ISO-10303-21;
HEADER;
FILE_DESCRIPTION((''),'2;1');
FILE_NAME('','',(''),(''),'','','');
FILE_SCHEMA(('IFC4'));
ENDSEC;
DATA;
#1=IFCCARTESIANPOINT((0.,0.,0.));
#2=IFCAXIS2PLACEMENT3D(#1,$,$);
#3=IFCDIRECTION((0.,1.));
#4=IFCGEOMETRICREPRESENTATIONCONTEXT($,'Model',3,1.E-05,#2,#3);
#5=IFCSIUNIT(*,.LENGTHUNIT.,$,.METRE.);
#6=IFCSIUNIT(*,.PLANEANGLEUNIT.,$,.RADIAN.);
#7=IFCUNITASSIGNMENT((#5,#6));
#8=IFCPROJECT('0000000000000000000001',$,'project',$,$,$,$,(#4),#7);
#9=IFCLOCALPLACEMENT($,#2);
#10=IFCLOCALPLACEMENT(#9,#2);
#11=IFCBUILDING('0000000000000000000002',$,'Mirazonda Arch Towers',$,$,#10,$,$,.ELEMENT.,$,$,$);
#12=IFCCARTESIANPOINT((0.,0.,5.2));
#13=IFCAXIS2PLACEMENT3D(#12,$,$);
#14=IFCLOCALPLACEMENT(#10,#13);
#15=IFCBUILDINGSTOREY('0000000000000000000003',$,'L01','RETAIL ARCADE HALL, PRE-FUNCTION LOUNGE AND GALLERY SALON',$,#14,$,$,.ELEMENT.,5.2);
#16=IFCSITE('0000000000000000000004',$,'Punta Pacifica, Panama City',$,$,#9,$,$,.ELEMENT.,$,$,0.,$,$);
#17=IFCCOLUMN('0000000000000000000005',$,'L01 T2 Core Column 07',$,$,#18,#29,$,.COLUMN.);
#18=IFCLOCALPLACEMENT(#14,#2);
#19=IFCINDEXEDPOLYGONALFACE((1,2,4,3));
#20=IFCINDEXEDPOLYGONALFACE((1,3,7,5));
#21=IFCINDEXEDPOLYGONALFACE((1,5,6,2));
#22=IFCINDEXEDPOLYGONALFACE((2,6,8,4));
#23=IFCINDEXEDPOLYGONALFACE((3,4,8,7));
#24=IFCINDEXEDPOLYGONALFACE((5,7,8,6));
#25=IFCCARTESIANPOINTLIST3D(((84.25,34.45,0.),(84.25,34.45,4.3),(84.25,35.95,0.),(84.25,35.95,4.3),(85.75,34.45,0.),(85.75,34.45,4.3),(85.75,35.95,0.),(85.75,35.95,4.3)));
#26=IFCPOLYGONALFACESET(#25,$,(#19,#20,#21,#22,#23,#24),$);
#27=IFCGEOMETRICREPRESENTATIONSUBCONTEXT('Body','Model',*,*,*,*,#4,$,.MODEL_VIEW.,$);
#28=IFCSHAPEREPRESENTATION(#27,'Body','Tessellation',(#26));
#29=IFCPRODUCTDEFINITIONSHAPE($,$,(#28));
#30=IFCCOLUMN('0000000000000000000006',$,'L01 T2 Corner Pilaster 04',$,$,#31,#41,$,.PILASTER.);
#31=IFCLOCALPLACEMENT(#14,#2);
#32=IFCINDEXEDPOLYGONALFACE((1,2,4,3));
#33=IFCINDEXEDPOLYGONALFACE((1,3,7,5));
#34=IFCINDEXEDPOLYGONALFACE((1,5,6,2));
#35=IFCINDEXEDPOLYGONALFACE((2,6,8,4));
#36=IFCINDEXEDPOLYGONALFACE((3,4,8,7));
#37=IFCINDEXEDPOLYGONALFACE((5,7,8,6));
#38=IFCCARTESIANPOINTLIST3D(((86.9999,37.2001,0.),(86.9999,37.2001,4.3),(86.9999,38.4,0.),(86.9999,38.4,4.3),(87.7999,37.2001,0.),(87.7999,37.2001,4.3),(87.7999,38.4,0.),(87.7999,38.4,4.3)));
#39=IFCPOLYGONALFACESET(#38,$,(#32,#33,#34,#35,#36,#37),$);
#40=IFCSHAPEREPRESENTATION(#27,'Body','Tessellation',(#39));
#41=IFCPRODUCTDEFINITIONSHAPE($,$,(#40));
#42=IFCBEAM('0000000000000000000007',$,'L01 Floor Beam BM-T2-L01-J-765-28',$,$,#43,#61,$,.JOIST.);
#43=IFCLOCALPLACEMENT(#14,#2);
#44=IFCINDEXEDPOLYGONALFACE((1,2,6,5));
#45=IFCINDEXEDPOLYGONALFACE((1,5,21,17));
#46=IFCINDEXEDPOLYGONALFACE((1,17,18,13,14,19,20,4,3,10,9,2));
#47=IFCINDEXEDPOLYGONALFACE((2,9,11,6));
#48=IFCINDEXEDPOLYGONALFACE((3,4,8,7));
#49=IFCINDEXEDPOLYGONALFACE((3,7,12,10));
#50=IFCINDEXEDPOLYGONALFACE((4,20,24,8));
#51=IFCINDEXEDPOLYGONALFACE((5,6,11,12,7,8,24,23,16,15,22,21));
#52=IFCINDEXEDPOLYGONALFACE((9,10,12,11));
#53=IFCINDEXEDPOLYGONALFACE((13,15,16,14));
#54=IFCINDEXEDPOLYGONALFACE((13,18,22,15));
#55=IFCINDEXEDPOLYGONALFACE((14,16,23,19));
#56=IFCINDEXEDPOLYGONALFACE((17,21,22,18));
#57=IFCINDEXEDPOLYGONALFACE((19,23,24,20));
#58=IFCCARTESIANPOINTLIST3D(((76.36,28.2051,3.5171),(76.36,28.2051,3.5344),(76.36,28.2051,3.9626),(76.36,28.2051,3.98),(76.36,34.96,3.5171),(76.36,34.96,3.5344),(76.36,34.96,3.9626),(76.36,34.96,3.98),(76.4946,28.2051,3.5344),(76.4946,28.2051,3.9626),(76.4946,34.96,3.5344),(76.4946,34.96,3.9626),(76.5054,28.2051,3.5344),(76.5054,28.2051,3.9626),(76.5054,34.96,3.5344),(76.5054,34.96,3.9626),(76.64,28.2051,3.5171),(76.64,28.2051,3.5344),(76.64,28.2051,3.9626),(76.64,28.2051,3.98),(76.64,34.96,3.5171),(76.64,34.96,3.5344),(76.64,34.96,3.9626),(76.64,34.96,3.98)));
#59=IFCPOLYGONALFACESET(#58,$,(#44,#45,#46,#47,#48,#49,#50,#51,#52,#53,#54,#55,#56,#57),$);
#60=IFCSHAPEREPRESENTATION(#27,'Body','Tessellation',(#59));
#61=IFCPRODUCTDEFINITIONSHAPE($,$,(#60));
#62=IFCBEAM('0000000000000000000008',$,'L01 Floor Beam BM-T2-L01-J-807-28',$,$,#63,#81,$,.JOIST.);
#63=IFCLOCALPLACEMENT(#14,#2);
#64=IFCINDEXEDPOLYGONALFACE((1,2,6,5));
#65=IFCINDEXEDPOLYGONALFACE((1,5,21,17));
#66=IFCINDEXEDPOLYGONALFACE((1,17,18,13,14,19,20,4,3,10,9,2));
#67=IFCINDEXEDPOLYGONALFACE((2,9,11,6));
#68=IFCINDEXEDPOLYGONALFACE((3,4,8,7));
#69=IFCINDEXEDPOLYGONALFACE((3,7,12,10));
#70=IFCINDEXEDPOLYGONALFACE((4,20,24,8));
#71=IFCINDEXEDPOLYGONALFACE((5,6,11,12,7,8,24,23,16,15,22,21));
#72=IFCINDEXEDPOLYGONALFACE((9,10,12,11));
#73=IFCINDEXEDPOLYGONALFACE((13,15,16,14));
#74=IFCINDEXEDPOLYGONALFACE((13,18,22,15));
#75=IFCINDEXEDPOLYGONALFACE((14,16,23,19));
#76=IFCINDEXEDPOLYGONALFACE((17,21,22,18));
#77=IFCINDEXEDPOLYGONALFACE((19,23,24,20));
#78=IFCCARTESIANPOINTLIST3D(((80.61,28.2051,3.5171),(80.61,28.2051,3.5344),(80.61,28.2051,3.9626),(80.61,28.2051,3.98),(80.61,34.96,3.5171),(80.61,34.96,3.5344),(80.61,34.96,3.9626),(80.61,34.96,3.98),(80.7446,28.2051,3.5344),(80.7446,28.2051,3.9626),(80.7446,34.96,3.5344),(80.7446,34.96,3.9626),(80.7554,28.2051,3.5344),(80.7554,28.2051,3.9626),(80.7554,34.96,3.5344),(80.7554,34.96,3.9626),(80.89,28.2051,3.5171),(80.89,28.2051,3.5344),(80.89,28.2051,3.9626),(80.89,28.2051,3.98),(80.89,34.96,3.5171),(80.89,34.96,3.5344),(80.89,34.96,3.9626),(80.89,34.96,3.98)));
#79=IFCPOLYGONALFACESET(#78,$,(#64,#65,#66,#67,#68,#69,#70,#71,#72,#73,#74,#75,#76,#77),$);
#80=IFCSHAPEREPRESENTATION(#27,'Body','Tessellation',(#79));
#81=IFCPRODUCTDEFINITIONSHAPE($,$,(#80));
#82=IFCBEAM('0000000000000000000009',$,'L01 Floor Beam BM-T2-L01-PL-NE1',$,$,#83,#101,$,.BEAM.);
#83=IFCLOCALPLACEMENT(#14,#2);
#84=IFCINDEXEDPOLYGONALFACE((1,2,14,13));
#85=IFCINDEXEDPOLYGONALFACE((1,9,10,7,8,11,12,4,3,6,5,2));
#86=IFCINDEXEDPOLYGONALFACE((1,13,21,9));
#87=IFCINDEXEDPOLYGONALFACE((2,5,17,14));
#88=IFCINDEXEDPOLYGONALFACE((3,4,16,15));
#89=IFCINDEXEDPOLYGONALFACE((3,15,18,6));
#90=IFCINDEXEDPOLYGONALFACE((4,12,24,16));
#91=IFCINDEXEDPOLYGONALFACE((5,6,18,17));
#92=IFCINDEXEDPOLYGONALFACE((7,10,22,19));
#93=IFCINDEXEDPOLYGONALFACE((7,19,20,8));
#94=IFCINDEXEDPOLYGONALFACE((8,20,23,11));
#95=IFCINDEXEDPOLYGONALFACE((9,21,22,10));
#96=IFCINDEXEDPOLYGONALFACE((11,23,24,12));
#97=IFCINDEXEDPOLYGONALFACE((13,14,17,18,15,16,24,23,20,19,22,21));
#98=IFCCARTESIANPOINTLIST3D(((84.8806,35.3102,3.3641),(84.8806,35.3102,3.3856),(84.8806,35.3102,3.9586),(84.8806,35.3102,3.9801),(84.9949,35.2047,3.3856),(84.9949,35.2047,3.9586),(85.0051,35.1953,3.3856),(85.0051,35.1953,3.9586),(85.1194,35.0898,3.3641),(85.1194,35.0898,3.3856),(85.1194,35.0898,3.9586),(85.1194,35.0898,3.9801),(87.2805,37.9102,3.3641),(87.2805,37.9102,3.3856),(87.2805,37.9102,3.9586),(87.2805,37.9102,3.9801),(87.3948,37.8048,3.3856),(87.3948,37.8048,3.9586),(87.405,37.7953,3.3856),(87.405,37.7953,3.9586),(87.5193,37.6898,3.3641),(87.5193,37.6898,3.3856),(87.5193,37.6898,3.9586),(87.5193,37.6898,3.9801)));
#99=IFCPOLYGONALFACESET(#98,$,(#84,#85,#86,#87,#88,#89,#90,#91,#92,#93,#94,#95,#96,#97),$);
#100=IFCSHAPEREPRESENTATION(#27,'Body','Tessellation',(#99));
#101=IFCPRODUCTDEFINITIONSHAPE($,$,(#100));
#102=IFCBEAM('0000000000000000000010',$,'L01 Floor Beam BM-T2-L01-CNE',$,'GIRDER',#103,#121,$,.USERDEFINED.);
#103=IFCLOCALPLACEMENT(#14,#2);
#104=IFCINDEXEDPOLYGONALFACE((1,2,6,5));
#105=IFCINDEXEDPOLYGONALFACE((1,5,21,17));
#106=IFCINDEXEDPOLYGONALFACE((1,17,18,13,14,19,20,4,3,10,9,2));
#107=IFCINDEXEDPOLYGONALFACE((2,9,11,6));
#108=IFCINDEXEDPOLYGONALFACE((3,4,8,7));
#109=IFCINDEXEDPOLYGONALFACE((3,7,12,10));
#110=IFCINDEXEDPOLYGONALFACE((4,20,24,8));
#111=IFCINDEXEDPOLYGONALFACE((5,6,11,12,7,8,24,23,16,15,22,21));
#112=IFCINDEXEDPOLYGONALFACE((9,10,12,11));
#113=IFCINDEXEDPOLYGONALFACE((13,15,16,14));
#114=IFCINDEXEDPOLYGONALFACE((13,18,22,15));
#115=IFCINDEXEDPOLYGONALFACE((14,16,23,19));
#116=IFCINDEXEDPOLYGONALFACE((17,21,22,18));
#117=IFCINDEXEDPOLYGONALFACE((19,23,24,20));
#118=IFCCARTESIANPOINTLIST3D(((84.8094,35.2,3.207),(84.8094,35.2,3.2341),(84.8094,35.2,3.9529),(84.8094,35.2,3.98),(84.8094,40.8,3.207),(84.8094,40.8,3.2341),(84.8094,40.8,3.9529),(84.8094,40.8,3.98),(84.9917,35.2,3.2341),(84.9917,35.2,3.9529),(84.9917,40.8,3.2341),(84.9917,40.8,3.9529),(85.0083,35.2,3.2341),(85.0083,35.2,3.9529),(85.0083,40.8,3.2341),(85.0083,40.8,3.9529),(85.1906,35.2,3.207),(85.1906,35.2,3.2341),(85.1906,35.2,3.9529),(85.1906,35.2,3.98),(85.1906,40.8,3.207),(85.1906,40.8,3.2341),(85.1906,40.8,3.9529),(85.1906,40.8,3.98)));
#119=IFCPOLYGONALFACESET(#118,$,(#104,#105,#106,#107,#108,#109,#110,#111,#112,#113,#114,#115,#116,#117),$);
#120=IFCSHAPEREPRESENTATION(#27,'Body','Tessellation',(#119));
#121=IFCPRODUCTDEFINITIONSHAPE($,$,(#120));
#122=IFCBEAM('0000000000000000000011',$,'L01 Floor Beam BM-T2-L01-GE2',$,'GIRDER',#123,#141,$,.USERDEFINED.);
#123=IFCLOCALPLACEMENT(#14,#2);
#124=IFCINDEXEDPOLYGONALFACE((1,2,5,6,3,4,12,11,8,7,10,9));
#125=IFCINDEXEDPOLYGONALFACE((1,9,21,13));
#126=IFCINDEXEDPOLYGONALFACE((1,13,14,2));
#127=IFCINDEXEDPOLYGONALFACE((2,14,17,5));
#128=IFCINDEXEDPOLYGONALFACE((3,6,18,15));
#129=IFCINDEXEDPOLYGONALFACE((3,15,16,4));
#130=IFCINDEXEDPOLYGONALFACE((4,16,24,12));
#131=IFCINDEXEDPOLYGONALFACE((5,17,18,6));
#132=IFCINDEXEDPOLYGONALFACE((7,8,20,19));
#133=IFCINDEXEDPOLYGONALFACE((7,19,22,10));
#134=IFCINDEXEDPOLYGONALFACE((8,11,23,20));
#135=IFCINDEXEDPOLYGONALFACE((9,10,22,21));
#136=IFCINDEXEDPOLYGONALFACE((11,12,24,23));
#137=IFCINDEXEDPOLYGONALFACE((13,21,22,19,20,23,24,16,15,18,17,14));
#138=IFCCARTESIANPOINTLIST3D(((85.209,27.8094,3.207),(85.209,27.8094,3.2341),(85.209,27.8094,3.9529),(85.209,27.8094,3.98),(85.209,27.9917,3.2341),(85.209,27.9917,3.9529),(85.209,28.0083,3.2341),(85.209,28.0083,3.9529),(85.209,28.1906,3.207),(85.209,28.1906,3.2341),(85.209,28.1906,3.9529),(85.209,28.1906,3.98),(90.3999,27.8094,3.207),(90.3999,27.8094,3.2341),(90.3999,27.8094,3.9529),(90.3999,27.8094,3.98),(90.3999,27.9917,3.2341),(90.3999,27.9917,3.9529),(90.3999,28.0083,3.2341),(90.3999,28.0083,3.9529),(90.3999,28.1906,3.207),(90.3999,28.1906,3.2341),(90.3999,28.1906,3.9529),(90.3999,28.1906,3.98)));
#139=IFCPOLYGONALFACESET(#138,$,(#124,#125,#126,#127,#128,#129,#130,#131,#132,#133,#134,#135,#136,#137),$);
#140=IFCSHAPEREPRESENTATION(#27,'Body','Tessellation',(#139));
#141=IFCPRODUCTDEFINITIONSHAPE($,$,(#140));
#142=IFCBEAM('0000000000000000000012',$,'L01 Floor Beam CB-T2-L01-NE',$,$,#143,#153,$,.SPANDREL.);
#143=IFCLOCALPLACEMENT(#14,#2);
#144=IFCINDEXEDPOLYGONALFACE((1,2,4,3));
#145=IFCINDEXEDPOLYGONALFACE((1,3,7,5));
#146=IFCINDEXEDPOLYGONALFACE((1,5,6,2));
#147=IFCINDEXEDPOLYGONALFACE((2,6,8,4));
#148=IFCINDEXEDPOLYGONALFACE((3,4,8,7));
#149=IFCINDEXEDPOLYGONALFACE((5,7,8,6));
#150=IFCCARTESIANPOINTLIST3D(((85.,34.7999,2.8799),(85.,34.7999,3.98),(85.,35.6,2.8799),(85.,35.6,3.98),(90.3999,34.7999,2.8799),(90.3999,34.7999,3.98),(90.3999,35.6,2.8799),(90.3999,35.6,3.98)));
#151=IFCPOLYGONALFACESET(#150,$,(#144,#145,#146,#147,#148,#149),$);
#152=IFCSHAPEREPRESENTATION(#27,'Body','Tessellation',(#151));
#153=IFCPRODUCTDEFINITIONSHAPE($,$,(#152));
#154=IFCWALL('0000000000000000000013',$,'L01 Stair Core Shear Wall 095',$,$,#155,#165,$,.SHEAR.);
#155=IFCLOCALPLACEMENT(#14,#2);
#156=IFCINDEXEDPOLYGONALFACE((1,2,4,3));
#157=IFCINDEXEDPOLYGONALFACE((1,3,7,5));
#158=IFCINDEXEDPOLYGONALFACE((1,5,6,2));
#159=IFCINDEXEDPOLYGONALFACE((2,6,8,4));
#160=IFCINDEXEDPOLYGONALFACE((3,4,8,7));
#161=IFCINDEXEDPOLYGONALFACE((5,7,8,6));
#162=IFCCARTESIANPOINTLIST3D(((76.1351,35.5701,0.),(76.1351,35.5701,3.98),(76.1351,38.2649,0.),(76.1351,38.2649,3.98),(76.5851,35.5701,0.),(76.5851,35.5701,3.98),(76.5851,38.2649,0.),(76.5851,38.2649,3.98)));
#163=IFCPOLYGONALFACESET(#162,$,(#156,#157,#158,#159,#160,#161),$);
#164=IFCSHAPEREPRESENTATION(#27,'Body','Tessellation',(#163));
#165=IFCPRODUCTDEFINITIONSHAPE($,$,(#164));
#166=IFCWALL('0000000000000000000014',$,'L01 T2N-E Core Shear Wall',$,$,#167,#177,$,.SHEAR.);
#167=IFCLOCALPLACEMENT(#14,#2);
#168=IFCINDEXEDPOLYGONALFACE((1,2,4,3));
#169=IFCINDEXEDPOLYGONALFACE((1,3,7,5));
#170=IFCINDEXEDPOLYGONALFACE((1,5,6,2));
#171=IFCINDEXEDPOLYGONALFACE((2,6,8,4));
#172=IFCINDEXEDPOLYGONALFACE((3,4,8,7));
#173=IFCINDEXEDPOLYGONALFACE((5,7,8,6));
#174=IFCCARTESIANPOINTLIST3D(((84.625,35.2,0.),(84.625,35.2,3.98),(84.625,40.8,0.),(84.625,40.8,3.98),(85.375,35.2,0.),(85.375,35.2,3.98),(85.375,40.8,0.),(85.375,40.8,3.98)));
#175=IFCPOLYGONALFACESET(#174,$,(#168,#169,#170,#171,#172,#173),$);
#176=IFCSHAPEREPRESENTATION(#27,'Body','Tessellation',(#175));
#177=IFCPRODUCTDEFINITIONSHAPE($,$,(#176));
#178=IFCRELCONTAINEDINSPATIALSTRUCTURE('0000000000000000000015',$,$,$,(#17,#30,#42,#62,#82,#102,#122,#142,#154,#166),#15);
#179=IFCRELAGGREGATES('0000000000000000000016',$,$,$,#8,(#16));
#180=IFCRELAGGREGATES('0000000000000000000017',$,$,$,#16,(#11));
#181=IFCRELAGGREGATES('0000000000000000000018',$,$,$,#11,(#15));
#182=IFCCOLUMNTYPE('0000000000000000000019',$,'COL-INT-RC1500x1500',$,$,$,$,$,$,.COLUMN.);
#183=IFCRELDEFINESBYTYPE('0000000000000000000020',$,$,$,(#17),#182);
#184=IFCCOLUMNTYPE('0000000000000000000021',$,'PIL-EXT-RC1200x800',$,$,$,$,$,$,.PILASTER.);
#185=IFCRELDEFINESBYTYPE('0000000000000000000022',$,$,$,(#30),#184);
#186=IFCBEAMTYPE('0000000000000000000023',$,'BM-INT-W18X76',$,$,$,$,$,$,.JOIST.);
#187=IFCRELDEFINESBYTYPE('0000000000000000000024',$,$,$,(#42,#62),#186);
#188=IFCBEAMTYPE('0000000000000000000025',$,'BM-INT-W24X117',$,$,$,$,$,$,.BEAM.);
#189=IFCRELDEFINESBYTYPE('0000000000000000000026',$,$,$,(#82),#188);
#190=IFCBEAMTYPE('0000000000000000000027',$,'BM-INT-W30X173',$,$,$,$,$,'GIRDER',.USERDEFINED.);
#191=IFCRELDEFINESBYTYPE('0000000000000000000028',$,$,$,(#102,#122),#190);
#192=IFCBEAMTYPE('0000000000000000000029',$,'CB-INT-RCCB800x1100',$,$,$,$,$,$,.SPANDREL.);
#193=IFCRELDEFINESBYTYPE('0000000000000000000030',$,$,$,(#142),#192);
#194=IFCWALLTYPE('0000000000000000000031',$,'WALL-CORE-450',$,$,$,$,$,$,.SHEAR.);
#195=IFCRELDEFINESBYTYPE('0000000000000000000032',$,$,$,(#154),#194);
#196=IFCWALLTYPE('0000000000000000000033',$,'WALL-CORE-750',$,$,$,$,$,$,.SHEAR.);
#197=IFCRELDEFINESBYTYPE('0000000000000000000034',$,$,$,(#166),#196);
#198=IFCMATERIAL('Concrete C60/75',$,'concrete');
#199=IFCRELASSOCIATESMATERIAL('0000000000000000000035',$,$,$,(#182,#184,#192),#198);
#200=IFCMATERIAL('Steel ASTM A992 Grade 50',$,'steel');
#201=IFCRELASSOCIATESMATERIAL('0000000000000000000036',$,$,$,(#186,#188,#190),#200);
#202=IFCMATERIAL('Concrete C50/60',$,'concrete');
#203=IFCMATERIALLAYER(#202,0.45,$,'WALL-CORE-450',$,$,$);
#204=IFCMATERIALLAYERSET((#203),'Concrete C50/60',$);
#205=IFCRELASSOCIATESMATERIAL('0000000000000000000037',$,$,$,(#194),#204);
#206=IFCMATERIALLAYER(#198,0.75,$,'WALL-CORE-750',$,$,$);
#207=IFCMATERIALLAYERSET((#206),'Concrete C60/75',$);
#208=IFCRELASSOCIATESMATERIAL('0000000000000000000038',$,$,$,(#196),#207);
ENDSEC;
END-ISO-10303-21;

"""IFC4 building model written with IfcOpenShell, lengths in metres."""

from ifc_helpers import new_model, si_unit, direction, frame, frame_2d, origin, origin_2d, place, context, subcontext, project, spatial, rectangle, i_section, extrude, material, layer, layer_set, material_profile, profile_set, type_object, element, save


model = new_model("IFC4")

# Units and contexts
model_context = context("Model", 3, precision=1e-05, world=origin(), true_north=direction((0.0, 1.0)))
body_context = subcontext(model_context, "Body", "Model", "MODEL_VIEW")
ifc_project = project(units=[si_unit("LENGTHUNIT", "METRE"), si_unit("PLANEANGLEUNIT", "RADIAN")], contexts=[model_context])

# Site, building, storey
site_placement = place(None, origin())
site = spatial("IfcSite", under=ifc_project, at=site_placement, Name="Punta Pacifica, Panama City", CompositionType="ELEMENT", RefElevation=0.0)
building_placement = place(site_placement, origin())
building = spatial("IfcBuilding", under=site, at=building_placement, Name="Mirazonda Arch Towers", CompositionType="ELEMENT")
storey_placement = place(building_placement, frame((0.0, 0.0, 5.2)))
storey = spatial("IfcBuildingStorey", under=building, at=storey_placement, Name="L01", Description="RETAIL ARCADE HALL, PRE-FUNCTION LOUNGE AND GALLERY SALON", CompositionType="ELEMENT", Elevation=5.2)

# Columns
ifc_material_1 = material(Name="Concrete C60/75", Category="concrete")
ifc_material_profile_1 = material_profile(ifc_material_1, rectangle(XDim=1.5, YDim=1.5, at=origin_2d()), Name="RC1500x1500")
ifc_profile_set_1 = profile_set([ifc_material_profile_1], Name="Concrete C60/75")
column_type_1 = type_object("IfcColumnType", Name="COL-INT-RC1500x1500", PredefinedType="COLUMN", material=ifc_profile_set_1)
column_1_placement = place(storey_placement, frame((85.0, 35.2, 0.0), z_axis=(0.0, 0.0, 1.0), x_axis=(1.0, 0.0, 0.0)))
element("IfcColumn", 1, at=column_1_placement, inside=storey, type_object=column_type_1, Name="L01 T2 Core Column 07", PredefinedType="COLUMN", context=body_context, shape_type="SweptSolid", body=[
    extrude(rectangle(XDim=1.5, YDim=1.5, at=origin_2d()), origin(), (0.0, 0.0, 1.0), 4.3),
])
ifc_material_profile_2 = material_profile(ifc_material_1, rectangle(XDim=0.8, YDim=1.2, at=origin_2d()), Name="RC1200x800")
ifc_profile_set_2 = profile_set([ifc_material_profile_2], Name="Concrete C60/75")
column_type_2 = type_object("IfcColumnType", Name="PIL-EXT-RC1200x800", PredefinedType="PILASTER", material=ifc_profile_set_2)
column_2_placement = place(storey_placement, frame((87.3999, 37.8, 0.0), z_axis=(0.0, 0.0, 1.0), x_axis=(1.0, 0.0, 0.0)))
element("IfcColumn", 2, at=column_2_placement, inside=storey, type_object=column_type_2, Name="L01 T2 Corner Pilaster 04", PredefinedType="PILASTER", context=body_context, shape_type="SweptSolid", body=[
    extrude(rectangle(XDim=0.8, YDim=1.2, at=origin_2d()), origin(), (0.0, 0.0, 1.0), 4.3),
])

# Beams
ifc_material_2 = material(Name="Steel ASTM A992 Grade 50", Category="steel")
ifc_material_profile_3 = material_profile(ifc_material_2, i_section(OverallWidth=0.28, OverallDepth=0.4629, WebThickness=0.0107, FlangeThickness=0.0173, at=origin_2d()), Name="W18X76")
ifc_profile_set_3 = profile_set([ifc_material_profile_3], Name="Steel ASTM A992 Grade 50")
beam_type_1 = type_object("IfcBeamType", Name="BM-INT-W18X76", PredefinedType="JOIST", material=ifc_profile_set_3)
for number, where, z_axis, x_axis, name in (
    (3, (76.5, 28.2051, 3.7485), (0.0, 1.0, 0.0), (-1.0, 0.0, 0.0), "L01 Floor Beam BM-T2-L01-J-765-28"),
    (4, (80.75, 28.2051, 3.7485), (0.0, 1.0, 0.0), (-1.0, 0.0, 0.0), "L01 Floor Beam BM-T2-L01-J-807-28"),
):
    element("IfcBeam", number, at=place(storey_placement, frame(where, z_axis=z_axis, x_axis=x_axis)), inside=storey, type_object=beam_type_1, Name=name, PredefinedType="JOIST", context=body_context, shape_type="SweptSolid", body=[
        extrude(i_section(OverallWidth=0.28, OverallDepth=0.4629, WebThickness=0.0107, FlangeThickness=0.0173, at=origin_2d()), origin(), (0.0, 0.0, 1.0), 6.7549),
    ])
ifc_material_profile_4 = material_profile(ifc_material_2, i_section(OverallWidth=0.325, OverallDepth=0.616, WebThickness=0.0139, FlangeThickness=0.0215, at=origin_2d()), Name="W24X117")
ifc_profile_set_4 = profile_set([ifc_material_profile_4], Name="Steel ASTM A992 Grade 50")
beam_type_2 = type_object("IfcBeamType", Name="BM-INT-W24X117", PredefinedType="BEAM", material=ifc_profile_set_4)
beam_1_placement = place(storey_placement, frame((87.3999, 37.8, 3.6721), z_axis=(-0.678251, -0.73483, 0.0), x_axis=(0.73483, -0.678251, 0.0)))
element("IfcBeam", 5, at=beam_1_placement, inside=storey, type_object=beam_type_2, Name="L01 Floor Beam BM-T2-L01-PL-NE1", PredefinedType="BEAM", context=body_context, shape_type="SweptSolid", body=[
    extrude(i_section(OverallWidth=0.325, OverallDepth=0.616, WebThickness=0.0139, FlangeThickness=0.0215, at=origin_2d()), origin(), (0.0, 0.0, 1.0), 3.5383),
])
ifc_material_profile_5 = material_profile(ifc_material_2, i_section(OverallWidth=0.3811, OverallDepth=0.7729, WebThickness=0.0166, FlangeThickness=0.0271, at=origin_2d()), Name="W30X173")
ifc_profile_set_5 = profile_set([ifc_material_profile_5], Name="Steel ASTM A992 Grade 50")
beam_type_3 = type_object("IfcBeamType", Name="BM-INT-W30X173", ElementType="GIRDER", PredefinedType="USERDEFINED", material=ifc_profile_set_5)
beam_2_placement = place(storey_placement, frame((85.0, 35.2, 3.5935), z_axis=(0.0, 1.0, 0.0), x_axis=(-1.0, 0.0, 0.0)))
element("IfcBeam", 6, at=beam_2_placement, inside=storey, type_object=beam_type_3, Name="L01 Floor Beam BM-T2-L01-CNE", ObjectType="GIRDER", PredefinedType="USERDEFINED", context=body_context, shape_type="SweptSolid", body=[
    extrude(i_section(OverallWidth=0.3811, OverallDepth=0.7729, WebThickness=0.0166, FlangeThickness=0.0271, at=origin_2d()), origin(), (0.0, 0.0, 1.0), 5.6001),
])
beam_3_placement = place(storey_placement, frame((85.209, 28.0, 3.5935), z_axis=(1.0, 0.0, 0.0), x_axis=(0.0, 1.0, 0.0)))
element("IfcBeam", 7, at=beam_3_placement, inside=storey, type_object=beam_type_3, Name="L01 Floor Beam BM-T2-L01-GE2", ObjectType="GIRDER", PredefinedType="USERDEFINED", context=body_context, shape_type="SweptSolid", body=[
    extrude(i_section(OverallWidth=0.3811, OverallDepth=0.7729, WebThickness=0.0166, FlangeThickness=0.0271, at=origin_2d()), origin(), (0.0, 0.0, 1.0), 5.1909),
])
ifc_material_profile_6 = material_profile(ifc_material_1, rectangle(XDim=0.8, YDim=1.1001, at=origin_2d()), Name="RCCB800x1100")
ifc_profile_set_6 = profile_set([ifc_material_profile_6], Name="Concrete C60/75")
beam_type_4 = type_object("IfcBeamType", Name="CB-INT-RCCB800x1100", PredefinedType="SPANDREL", material=ifc_profile_set_6)
beam_4_placement = place(storey_placement, frame((85.0, 35.2, 3.4299), z_axis=(1.0, 0.0, 0.0), x_axis=(0.0, 1.0, 0.0)))
element("IfcBeam", 8, at=beam_4_placement, inside=storey, type_object=beam_type_4, Name="L01 Floor Beam CB-T2-L01-NE", PredefinedType="SPANDREL", context=body_context, shape_type="SweptSolid", body=[
    extrude(rectangle(XDim=0.8, YDim=1.1001, at=origin_2d()), origin(), (0.0, 0.0, 1.0), 5.3999),
])

# Walls
ifc_material_3 = material(Name="Concrete C50/60", Category="concrete")
ifc_layer_1 = layer(ifc_material_3, 0.45, Name="WALL-CORE-450")
ifc_layer_set_1 = layer_set([ifc_layer_1], Name="Concrete C50/60")
wall_type_1 = type_object("IfcWallType", Name="WALL-CORE-450", PredefinedType="SHEAR", material=ifc_layer_set_1)
wall_1_placement = place(storey_placement, frame((76.3601, 35.5701, 0.0), z_axis=(0.0, 0.0, 1.0), x_axis=(0.0, 1.0, 0.0)))
element("IfcWall", 9, at=wall_1_placement, inside=storey, type_object=wall_type_1, Name="L01 Stair Core Shear Wall 095", PredefinedType="SHEAR", context=body_context, shape_type="SweptSolid", body=[
    extrude(rectangle(XDim=2.6948, YDim=0.45, at=frame_2d((1.3474, 0.0))), origin(), (0.0, 0.0, 1.0), 3.98),
])
ifc_layer_2 = layer(ifc_material_1, 0.75, Name="WALL-CORE-750")
ifc_layer_set_2 = layer_set([ifc_layer_2], Name="Concrete C60/75")
wall_type_2 = type_object("IfcWallType", Name="WALL-CORE-750", PredefinedType="SHEAR", material=ifc_layer_set_2)
wall_2_placement = place(storey_placement, frame((85.0, 35.2, 0.0), z_axis=(0.0, 0.0, 1.0), x_axis=(0.0, 1.0, 0.0)))
element("IfcWall", 10, at=wall_2_placement, inside=storey, type_object=wall_type_2, Name="L01 T2N-E Core Shear Wall", PredefinedType="SHEAR", context=body_context, shape_type="SweptSolid", body=[
    extrude(rectangle(XDim=5.6001, YDim=0.75, at=frame_2d((2.8, 0.0))), origin(), (0.0, 0.0, 1.0), 3.98),
])

save(model, "model.ifc")
